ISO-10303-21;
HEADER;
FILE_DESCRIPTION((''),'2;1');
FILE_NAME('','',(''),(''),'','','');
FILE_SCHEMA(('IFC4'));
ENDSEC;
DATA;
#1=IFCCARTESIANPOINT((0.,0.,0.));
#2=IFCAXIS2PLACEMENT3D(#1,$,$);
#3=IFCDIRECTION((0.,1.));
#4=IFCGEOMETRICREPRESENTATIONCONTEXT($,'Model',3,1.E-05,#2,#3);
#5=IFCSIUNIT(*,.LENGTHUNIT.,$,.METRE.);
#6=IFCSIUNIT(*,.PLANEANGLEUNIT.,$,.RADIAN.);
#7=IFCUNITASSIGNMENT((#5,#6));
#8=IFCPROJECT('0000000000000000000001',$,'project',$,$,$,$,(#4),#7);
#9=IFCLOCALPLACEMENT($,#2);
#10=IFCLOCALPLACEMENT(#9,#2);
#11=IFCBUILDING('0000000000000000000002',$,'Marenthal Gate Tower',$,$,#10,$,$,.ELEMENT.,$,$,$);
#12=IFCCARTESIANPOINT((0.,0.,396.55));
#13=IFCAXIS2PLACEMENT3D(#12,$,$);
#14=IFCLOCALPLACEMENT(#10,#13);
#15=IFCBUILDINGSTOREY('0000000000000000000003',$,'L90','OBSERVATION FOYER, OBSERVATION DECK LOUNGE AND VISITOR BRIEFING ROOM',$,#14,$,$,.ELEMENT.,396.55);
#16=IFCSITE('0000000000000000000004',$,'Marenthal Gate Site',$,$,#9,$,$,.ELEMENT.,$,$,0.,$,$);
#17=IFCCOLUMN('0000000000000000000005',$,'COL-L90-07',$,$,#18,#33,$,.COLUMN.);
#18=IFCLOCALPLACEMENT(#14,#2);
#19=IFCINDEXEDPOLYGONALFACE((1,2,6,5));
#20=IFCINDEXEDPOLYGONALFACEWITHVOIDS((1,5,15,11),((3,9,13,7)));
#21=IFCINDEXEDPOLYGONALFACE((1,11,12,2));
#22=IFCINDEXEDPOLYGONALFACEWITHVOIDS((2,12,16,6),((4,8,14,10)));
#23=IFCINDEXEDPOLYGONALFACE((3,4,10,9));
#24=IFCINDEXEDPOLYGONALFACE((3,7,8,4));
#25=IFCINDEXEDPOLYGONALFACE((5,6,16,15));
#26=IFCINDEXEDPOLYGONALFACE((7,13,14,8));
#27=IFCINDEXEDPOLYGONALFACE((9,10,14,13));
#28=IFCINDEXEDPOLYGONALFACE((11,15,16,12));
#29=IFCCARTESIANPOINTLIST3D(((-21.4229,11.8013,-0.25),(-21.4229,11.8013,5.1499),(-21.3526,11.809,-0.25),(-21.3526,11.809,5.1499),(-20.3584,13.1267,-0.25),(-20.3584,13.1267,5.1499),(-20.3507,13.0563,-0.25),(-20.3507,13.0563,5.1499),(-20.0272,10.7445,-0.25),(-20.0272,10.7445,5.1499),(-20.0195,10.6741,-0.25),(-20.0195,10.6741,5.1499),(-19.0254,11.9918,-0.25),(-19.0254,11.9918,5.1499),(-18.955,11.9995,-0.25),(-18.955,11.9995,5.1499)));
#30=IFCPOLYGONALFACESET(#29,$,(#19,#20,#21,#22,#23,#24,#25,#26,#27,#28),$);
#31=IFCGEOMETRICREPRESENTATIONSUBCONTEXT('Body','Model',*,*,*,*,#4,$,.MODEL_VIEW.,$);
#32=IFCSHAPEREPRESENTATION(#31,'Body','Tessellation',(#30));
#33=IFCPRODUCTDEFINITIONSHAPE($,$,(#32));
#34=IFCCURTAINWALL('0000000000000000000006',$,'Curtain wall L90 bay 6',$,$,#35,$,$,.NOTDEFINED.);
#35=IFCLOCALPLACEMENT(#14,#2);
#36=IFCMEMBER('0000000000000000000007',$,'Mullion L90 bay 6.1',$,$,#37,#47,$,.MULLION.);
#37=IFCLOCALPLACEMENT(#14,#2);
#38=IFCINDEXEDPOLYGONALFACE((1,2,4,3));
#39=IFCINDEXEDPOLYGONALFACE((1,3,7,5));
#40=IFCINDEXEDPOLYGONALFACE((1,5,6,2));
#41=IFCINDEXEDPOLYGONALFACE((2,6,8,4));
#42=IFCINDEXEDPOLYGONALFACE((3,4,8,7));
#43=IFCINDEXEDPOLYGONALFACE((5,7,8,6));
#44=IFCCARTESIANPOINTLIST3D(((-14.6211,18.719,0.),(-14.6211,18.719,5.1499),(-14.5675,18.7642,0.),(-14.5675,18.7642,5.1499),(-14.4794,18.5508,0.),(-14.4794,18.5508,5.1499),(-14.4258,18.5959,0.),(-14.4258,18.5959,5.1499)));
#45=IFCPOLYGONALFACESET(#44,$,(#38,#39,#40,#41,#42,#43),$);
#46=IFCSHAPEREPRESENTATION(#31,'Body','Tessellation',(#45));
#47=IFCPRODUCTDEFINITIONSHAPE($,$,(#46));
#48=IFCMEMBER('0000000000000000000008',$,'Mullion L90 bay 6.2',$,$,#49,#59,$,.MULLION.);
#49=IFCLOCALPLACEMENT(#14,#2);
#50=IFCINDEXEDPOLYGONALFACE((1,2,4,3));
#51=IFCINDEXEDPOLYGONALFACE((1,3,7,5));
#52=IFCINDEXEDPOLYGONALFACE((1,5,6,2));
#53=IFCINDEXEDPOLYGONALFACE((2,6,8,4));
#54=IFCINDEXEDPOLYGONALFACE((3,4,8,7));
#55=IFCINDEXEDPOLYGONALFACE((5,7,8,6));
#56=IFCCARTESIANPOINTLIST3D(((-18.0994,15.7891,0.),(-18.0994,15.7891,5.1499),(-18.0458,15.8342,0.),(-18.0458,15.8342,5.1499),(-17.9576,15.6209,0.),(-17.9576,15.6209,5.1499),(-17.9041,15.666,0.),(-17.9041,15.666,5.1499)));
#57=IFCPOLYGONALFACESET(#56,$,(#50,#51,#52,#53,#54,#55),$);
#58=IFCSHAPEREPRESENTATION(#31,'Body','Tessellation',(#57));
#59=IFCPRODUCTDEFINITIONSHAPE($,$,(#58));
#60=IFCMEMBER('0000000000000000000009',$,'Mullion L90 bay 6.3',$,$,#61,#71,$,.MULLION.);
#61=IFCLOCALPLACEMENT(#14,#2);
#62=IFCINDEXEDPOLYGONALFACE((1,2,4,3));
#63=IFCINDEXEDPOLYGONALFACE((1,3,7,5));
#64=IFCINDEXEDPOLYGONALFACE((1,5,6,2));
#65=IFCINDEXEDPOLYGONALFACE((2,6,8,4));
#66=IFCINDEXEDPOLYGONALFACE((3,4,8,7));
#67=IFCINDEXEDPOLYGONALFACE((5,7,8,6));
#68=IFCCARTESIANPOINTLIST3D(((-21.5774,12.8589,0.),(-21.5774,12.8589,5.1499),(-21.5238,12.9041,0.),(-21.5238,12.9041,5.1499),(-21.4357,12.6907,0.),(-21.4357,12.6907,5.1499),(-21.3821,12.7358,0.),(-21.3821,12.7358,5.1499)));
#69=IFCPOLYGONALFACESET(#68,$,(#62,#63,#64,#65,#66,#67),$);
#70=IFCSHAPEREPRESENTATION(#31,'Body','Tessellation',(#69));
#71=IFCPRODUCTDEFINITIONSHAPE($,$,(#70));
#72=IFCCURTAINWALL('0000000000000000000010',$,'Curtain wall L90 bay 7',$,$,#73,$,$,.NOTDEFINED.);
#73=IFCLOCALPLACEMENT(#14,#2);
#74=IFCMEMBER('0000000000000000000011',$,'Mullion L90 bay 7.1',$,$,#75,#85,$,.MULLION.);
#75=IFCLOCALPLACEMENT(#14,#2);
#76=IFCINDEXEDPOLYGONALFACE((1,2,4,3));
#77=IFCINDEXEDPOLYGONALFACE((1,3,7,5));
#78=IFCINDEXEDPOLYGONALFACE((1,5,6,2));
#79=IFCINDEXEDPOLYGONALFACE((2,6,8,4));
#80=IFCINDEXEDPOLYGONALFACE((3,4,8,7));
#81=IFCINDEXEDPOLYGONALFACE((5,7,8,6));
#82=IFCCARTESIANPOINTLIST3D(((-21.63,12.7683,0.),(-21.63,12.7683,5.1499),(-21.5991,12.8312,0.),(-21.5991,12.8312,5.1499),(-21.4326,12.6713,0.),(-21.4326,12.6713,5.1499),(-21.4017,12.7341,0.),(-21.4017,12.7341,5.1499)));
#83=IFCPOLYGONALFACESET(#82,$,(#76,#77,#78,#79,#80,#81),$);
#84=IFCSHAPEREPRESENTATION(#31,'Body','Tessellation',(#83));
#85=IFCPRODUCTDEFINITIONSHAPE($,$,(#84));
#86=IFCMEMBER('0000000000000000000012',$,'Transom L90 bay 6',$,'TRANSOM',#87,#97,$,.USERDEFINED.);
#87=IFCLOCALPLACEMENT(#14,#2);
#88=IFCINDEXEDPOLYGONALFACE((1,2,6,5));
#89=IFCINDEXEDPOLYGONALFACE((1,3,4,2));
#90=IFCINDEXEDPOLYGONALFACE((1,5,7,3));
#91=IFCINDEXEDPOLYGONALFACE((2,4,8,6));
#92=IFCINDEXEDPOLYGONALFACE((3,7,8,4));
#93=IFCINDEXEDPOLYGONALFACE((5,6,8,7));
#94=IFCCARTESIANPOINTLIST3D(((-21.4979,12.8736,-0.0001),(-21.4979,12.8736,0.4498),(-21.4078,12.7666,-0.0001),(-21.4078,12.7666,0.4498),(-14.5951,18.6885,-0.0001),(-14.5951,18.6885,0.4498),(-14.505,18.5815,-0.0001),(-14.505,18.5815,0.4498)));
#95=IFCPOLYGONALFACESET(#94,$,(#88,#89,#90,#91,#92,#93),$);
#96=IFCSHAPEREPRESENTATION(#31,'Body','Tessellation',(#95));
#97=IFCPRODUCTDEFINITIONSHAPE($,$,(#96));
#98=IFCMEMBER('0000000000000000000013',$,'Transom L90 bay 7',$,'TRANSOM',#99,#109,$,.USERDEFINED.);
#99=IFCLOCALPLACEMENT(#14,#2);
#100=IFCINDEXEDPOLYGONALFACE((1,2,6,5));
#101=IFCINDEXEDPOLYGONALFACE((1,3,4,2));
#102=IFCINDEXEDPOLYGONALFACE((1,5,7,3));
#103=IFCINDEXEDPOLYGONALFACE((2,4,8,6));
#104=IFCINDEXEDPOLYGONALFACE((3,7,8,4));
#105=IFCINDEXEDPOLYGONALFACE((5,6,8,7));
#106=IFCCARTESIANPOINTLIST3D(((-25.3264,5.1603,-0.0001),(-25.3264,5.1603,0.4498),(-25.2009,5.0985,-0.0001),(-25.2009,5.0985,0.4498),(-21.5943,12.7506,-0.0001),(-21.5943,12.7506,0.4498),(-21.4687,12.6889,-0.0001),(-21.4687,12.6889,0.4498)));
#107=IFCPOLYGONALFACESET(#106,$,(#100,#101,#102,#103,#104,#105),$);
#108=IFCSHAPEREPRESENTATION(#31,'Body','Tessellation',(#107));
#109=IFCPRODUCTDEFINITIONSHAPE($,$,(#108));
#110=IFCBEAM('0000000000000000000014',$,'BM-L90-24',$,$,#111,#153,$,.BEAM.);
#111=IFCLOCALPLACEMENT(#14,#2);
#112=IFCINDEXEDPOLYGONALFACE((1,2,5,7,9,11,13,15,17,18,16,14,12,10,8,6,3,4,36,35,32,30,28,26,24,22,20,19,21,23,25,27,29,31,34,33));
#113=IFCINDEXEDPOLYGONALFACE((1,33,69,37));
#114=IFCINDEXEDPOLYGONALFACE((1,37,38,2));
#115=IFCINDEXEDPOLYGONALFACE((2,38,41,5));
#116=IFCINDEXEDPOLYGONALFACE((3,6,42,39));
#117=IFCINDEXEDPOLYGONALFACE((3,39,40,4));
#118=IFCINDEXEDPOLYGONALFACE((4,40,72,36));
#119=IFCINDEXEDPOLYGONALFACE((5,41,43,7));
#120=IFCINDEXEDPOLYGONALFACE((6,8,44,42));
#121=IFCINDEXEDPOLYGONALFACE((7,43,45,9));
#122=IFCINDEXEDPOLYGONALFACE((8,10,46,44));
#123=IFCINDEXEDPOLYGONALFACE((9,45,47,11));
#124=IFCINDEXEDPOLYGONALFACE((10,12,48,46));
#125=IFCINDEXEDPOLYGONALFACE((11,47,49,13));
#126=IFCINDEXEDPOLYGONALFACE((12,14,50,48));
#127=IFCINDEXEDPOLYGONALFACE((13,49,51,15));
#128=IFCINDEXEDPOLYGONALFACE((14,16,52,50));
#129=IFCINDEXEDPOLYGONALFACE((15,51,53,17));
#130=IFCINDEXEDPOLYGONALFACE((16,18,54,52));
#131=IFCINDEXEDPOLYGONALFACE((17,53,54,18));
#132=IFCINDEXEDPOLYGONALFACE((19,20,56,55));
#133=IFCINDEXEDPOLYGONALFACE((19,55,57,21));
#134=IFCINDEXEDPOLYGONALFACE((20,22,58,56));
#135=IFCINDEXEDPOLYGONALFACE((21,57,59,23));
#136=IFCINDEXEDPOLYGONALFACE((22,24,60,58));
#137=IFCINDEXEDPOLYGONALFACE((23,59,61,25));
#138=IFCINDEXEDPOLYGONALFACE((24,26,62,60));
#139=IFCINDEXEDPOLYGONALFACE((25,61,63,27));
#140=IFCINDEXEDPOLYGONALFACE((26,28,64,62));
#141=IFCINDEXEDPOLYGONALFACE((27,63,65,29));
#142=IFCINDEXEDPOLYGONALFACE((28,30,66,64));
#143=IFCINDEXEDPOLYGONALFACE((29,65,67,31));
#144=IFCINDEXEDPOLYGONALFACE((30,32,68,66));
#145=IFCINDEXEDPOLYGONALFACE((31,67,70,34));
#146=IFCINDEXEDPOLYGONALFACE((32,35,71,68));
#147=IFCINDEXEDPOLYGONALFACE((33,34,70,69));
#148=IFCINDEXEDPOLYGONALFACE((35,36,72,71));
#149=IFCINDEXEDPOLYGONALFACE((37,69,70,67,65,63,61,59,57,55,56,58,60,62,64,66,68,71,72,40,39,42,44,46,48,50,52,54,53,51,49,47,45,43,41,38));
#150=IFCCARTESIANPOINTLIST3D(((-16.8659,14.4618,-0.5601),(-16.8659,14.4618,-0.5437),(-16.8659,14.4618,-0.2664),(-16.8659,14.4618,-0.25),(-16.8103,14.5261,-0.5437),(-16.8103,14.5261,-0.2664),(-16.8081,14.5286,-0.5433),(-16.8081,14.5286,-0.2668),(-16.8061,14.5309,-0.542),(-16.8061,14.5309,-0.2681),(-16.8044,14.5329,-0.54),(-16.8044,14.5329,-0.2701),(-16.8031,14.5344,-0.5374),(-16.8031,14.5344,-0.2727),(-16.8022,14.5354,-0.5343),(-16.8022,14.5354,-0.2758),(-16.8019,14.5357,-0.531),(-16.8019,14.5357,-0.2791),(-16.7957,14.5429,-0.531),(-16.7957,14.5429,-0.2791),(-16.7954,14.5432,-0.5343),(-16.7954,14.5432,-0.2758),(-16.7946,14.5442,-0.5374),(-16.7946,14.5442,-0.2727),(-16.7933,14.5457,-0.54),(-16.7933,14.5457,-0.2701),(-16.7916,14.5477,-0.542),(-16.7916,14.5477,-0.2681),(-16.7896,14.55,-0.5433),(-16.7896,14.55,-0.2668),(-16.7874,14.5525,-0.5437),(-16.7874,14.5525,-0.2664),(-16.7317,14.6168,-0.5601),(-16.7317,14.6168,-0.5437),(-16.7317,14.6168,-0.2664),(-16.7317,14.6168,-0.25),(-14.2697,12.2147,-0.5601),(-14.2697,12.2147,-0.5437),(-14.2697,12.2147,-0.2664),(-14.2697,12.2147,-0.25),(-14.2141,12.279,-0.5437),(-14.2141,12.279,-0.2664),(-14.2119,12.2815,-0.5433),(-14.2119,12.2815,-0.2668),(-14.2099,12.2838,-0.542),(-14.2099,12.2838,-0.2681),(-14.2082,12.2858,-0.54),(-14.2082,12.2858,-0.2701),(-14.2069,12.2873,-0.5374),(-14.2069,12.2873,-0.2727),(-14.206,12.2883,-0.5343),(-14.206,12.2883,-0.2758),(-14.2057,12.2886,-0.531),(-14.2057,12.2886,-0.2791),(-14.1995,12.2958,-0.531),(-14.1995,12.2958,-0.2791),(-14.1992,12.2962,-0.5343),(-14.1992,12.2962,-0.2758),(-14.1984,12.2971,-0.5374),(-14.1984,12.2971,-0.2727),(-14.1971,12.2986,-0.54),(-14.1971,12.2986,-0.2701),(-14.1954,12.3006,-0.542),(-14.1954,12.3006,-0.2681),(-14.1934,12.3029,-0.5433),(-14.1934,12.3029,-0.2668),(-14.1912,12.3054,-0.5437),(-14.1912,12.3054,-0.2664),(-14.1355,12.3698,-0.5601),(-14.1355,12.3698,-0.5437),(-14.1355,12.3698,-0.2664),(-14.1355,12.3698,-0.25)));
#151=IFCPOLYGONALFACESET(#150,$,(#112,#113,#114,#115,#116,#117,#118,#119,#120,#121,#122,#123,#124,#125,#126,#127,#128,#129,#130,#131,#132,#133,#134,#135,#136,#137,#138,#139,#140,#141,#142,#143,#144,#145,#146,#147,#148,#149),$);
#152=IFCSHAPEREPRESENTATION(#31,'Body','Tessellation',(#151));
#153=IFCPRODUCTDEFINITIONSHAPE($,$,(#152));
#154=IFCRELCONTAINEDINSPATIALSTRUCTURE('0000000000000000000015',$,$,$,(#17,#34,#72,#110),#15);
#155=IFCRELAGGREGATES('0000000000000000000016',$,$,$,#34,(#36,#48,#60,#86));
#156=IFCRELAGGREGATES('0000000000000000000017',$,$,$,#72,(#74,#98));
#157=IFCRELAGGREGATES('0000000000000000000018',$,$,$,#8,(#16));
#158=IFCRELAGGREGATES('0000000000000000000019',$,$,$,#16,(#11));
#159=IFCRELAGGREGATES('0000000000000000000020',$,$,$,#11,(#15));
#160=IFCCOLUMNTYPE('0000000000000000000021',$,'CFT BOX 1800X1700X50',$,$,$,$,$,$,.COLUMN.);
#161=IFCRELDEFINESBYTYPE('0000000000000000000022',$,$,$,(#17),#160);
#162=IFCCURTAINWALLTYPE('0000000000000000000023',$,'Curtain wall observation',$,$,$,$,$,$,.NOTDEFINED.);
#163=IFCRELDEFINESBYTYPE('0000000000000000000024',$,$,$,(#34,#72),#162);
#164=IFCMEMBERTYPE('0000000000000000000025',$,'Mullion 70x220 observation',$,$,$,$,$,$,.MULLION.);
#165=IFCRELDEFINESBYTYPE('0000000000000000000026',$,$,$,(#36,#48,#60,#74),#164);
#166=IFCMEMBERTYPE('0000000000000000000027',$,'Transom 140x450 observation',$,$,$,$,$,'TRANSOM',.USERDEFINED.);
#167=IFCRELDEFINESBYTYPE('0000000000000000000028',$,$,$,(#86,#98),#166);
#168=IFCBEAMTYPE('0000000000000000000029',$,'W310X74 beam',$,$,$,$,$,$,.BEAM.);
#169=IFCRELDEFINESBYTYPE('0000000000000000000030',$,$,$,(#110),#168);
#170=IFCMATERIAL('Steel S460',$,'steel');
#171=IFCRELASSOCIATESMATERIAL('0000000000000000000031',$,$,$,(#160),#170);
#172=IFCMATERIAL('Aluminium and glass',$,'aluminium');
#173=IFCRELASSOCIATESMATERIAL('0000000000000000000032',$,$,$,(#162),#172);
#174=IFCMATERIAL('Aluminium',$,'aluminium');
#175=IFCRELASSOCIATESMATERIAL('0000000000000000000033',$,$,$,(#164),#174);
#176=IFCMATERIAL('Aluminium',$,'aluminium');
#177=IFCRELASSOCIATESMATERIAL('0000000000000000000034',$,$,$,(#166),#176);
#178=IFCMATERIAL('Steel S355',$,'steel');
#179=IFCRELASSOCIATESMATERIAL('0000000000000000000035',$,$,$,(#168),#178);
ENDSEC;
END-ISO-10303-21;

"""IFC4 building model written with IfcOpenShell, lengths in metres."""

from ifc_helpers import new_model, si_unit, direction, frame, origin, origin_2d, place, context, subcontext, project, spatial, rectangle, hollow_rectangle, i_section, extrude, material, material_profile, profile_set, type_object, element, aggregate, save


model = new_model("IFC4")

# Units and contexts
model_context = context("Model", 3, precision=1e-05, world=origin(), true_north=direction((0.0, 1.0)))
body_context = subcontext(model_context, "Body", "Model", "MODEL_VIEW")
ifc_project = project(units=[si_unit("LENGTHUNIT", "METRE"), si_unit("PLANEANGLEUNIT", "RADIAN")], contexts=[model_context])

# Site, building, storey
site_placement = place(None, origin())
site = spatial("IfcSite", under=ifc_project, at=site_placement, Name="Marenthal Gate Site", CompositionType="ELEMENT", RefElevation=0.0)
building_placement = place(site_placement, origin())
building = spatial("IfcBuilding", under=site, at=building_placement, Name="Marenthal Gate Tower", CompositionType="ELEMENT")
storey_placement = place(building_placement, frame((0.0, 0.0, 396.55)))
storey = spatial("IfcBuildingStorey", under=building, at=storey_placement, Name="L90", Description="OBSERVATION FOYER, OBSERVATION DECK LOUNGE AND VISITOR BRIEFING ROOM", CompositionType="ELEMENT", Elevation=396.55)

# Column
ifc_material_1 = material(Name="Steel S460", Category="steel")
ifc_material_profile_1 = material_profile(ifc_material_1, hollow_rectangle(XDim=1.7, YDim=1.8, WallThickness=0.05, at=origin_2d()), Name="CFT BOX 1800X1700X50")
ifc_material_2 = material(Name="Concrete 70 MPa", Category="concrete")
ifc_material_profile_2 = material_profile(ifc_material_2, rectangle(XDim=1.6001, YDim=1.7, at=origin_2d()), Name="CFT BOX 1800X1700X50 INFILL")
ifc_profile_set_1 = profile_set([ifc_material_profile_1, ifc_material_profile_2], Name="Steel S460 shell, Concrete 70 MPa infill")
column_type = type_object("IfcColumnType", Name="CFT BOX 1800X1700X50", PredefinedType="COLUMN", material=ifc_profile_set_1)
column_placement = place(storey_placement, frame((-20.189, 11.9004, -0.25), z_axis=(0.0, 0.0, 1.0), x_axis=(0.626198, 0.779664, 0.0)))
element("IfcColumn", 1, at=column_placement, inside=storey, type_object=column_type, Name="COL-L90-07", PredefinedType="COLUMN", context=body_context, shape_type="SweptSolid", body=[
    extrude(hollow_rectangle(XDim=1.7, YDim=1.8, WallThickness=0.05, at=origin_2d()), origin(), (0.0, 0.0, 1.0), 5.3999),
])

# Curtain wall, members
ifc_material_3 = material(Name="Aluminium and glass", Category="aluminium")
curtain_wall_type = type_object("IfcCurtainWallType", Name="Curtain wall observation", PredefinedType="NOTDEFINED", material=ifc_material_3)
curtain_wall_1_placement = place(storey_placement, origin())
curtain_wall_1 = element("IfcCurtainWall", 2, at=curtain_wall_1_placement, inside=storey, type_object=curtain_wall_type, Name="Curtain wall L90 bay 6", PredefinedType="NOTDEFINED")
ifc_material_4 = material(Name="Aluminium", Category="aluminium")
ifc_material_profile_3 = material_profile(ifc_material_4, rectangle(XDim=0.22, YDim=0.0701, at=origin_2d()), Name="70x220 aluminium mullion")
ifc_profile_set_2 = profile_set([ifc_material_profile_3], Name="Aluminium")
member_type_1 = type_object("IfcMemberType", Name="Mullion 70x220 observation", PredefinedType="MULLION", material=ifc_profile_set_2)
member_1_placement = place(storey_placement, frame((-14.5234, 18.6575, 0.0), z_axis=(0.0, 0.0, 1.0), x_axis=(0.644265, -0.764802, 0.0)))
member_1 = element("IfcMember", 3, at=member_1_placement, type_object=member_type_1, Name="Mullion L90 bay 6.1", PredefinedType="MULLION", context=body_context, shape_type="SweptSolid", body=[
    extrude(rectangle(XDim=0.22, YDim=0.0701, at=origin_2d()), origin(), (0.0, 0.0, 1.0), 5.1499),
])
member_2_placement = place(storey_placement, frame((-18.0017, 15.7275, 0.0), z_axis=(0.0, 0.0, 1.0), x_axis=(0.644265, -0.764802, 0.0)))
member_2 = element("IfcMember", 4, at=member_2_placement, type_object=member_type_1, Name="Mullion L90 bay 6.2", PredefinedType="MULLION", context=body_context, shape_type="SweptSolid", body=[
    extrude(rectangle(XDim=0.22, YDim=0.0701, at=origin_2d()), origin(), (0.0, 0.0, 1.0), 5.1499),
])
member_3_placement = place(storey_placement, frame((-21.4797, 12.7974, 0.0), z_axis=(0.0, 0.0, 1.0), x_axis=(0.644265, -0.764802, 0.0)))
member_3 = element("IfcMember", 5, at=member_3_placement, type_object=member_type_1, Name="Mullion L90 bay 6.3", PredefinedType="MULLION", context=body_context, shape_type="SweptSolid", body=[
    extrude(rectangle(XDim=0.22, YDim=0.0701, at=origin_2d()), origin(), (0.0, 0.0, 1.0), 5.1499),
])

# Curtain wall, member
curtain_wall_2_placement = place(storey_placement, origin())
curtain_wall_2 = element("IfcCurtainWall", 6, at=curtain_wall_2_placement, inside=storey, type_object=curtain_wall_type, Name="Curtain wall L90 bay 7", PredefinedType="NOTDEFINED")
member_4_placement = place(storey_placement, frame((-21.5159, 12.7512, 0.0), z_axis=(0.0, 0.0, 1.0), x_axis=(0.897386, -0.441247, 0.0)))
member_4 = element("IfcMember", 7, at=member_4_placement, type_object=member_type_1, Name="Mullion L90 bay 7.1", PredefinedType="MULLION", context=body_context, shape_type="SweptSolid", body=[
    extrude(rectangle(XDim=0.22, YDim=0.0701, at=origin_2d()), origin(), (0.0, 0.0, 1.0), 5.1499),
])

# Members
ifc_material_5 = material(Name="Aluminium", Category="aluminium")
ifc_material_profile_4 = material_profile(ifc_material_5, rectangle(XDim=0.1399, YDim=0.45, at=origin_2d()), Name="140x450 aluminium transom")
ifc_profile_set_3 = profile_set([ifc_material_profile_4], Name="Aluminium")
member_type_2 = type_object("IfcMemberType", Name="Transom 140x450 observation", ElementType="TRANSOM", PredefinedType="USERDEFINED", material=ifc_profile_set_3)
member_5_placement = place(storey_placement, frame((-14.55, 18.635, 0.2249), z_axis=(-0.7648, -0.644267, 0.0), x_axis=(0.644267, -0.7648, 0.0)))
member_5 = element("IfcMember", 8, at=member_5_placement, type_object=member_type_2, Name="Transom L90 bay 6", ObjectType="TRANSOM", PredefinedType="USERDEFINED", context=body_context, shape_type="SweptSolid", body=[
    extrude(rectangle(XDim=0.1399, YDim=0.45, at=origin_2d()), origin(), (0.0, 0.0, 1.0), 9.0256),
])
member_6_placement = place(storey_placement, frame((-21.5315, 12.7197, 0.2249), z_axis=(-0.441246, -0.897386, 0.0), x_axis=(0.897386, -0.441246, 0.0)))
member_6 = element("IfcMember", 9, at=member_6_placement, type_object=member_type_2, Name="Transom L90 bay 7", ObjectType="TRANSOM", PredefinedType="USERDEFINED", context=body_context, shape_type="SweptSolid", body=[
    extrude(rectangle(XDim=0.1399, YDim=0.45, at=origin_2d()), origin(), (0.0, 0.0, 1.0), 8.4583),
])

# Beam
ifc_material_6 = material(Name="Steel S355", Category="steel")
ifc_material_profile_5 = material_profile(ifc_material_6, i_section(OverallWidth=0.2051, OverallDepth=0.3101, WebThickness=0.0095, FlangeThickness=0.0164, FilletRadius=0.0127, at=origin_2d()), Name="W310X74")
ifc_profile_set_4 = profile_set([ifc_material_profile_5], Name="Steel S355")
beam_type_1 = type_object("IfcBeamType", Name="W310X74 beam", PredefinedType="BEAM", material=ifc_profile_set_4)
beam_1_placement = place(storey_placement, frame((-16.7988, 14.5393, -0.405), z_axis=(0.756116, -0.654438, 0.0), x_axis=(0.654438, 0.756116, 0.0)))
element("IfcBeam", 10, at=beam_1_placement, inside=storey, type_object=beam_type_1, Name="BM-L90-24", PredefinedType="BEAM", context=body_context, shape_type="SweptSolid", body=[
    extrude(i_section(OverallWidth=0.2051, OverallDepth=0.3101, WebThickness=0.0095, FlangeThickness=0.0164, FilletRadius=0.0127, at=origin_2d()), origin(), (0.0, 0.0, 1.0), 3.4336),
])

aggregate(curtain_wall_1, [member_1, member_2, member_3, member_5])
aggregate(curtain_wall_2, [member_4, member_6])

save(model, "model.ifc")
